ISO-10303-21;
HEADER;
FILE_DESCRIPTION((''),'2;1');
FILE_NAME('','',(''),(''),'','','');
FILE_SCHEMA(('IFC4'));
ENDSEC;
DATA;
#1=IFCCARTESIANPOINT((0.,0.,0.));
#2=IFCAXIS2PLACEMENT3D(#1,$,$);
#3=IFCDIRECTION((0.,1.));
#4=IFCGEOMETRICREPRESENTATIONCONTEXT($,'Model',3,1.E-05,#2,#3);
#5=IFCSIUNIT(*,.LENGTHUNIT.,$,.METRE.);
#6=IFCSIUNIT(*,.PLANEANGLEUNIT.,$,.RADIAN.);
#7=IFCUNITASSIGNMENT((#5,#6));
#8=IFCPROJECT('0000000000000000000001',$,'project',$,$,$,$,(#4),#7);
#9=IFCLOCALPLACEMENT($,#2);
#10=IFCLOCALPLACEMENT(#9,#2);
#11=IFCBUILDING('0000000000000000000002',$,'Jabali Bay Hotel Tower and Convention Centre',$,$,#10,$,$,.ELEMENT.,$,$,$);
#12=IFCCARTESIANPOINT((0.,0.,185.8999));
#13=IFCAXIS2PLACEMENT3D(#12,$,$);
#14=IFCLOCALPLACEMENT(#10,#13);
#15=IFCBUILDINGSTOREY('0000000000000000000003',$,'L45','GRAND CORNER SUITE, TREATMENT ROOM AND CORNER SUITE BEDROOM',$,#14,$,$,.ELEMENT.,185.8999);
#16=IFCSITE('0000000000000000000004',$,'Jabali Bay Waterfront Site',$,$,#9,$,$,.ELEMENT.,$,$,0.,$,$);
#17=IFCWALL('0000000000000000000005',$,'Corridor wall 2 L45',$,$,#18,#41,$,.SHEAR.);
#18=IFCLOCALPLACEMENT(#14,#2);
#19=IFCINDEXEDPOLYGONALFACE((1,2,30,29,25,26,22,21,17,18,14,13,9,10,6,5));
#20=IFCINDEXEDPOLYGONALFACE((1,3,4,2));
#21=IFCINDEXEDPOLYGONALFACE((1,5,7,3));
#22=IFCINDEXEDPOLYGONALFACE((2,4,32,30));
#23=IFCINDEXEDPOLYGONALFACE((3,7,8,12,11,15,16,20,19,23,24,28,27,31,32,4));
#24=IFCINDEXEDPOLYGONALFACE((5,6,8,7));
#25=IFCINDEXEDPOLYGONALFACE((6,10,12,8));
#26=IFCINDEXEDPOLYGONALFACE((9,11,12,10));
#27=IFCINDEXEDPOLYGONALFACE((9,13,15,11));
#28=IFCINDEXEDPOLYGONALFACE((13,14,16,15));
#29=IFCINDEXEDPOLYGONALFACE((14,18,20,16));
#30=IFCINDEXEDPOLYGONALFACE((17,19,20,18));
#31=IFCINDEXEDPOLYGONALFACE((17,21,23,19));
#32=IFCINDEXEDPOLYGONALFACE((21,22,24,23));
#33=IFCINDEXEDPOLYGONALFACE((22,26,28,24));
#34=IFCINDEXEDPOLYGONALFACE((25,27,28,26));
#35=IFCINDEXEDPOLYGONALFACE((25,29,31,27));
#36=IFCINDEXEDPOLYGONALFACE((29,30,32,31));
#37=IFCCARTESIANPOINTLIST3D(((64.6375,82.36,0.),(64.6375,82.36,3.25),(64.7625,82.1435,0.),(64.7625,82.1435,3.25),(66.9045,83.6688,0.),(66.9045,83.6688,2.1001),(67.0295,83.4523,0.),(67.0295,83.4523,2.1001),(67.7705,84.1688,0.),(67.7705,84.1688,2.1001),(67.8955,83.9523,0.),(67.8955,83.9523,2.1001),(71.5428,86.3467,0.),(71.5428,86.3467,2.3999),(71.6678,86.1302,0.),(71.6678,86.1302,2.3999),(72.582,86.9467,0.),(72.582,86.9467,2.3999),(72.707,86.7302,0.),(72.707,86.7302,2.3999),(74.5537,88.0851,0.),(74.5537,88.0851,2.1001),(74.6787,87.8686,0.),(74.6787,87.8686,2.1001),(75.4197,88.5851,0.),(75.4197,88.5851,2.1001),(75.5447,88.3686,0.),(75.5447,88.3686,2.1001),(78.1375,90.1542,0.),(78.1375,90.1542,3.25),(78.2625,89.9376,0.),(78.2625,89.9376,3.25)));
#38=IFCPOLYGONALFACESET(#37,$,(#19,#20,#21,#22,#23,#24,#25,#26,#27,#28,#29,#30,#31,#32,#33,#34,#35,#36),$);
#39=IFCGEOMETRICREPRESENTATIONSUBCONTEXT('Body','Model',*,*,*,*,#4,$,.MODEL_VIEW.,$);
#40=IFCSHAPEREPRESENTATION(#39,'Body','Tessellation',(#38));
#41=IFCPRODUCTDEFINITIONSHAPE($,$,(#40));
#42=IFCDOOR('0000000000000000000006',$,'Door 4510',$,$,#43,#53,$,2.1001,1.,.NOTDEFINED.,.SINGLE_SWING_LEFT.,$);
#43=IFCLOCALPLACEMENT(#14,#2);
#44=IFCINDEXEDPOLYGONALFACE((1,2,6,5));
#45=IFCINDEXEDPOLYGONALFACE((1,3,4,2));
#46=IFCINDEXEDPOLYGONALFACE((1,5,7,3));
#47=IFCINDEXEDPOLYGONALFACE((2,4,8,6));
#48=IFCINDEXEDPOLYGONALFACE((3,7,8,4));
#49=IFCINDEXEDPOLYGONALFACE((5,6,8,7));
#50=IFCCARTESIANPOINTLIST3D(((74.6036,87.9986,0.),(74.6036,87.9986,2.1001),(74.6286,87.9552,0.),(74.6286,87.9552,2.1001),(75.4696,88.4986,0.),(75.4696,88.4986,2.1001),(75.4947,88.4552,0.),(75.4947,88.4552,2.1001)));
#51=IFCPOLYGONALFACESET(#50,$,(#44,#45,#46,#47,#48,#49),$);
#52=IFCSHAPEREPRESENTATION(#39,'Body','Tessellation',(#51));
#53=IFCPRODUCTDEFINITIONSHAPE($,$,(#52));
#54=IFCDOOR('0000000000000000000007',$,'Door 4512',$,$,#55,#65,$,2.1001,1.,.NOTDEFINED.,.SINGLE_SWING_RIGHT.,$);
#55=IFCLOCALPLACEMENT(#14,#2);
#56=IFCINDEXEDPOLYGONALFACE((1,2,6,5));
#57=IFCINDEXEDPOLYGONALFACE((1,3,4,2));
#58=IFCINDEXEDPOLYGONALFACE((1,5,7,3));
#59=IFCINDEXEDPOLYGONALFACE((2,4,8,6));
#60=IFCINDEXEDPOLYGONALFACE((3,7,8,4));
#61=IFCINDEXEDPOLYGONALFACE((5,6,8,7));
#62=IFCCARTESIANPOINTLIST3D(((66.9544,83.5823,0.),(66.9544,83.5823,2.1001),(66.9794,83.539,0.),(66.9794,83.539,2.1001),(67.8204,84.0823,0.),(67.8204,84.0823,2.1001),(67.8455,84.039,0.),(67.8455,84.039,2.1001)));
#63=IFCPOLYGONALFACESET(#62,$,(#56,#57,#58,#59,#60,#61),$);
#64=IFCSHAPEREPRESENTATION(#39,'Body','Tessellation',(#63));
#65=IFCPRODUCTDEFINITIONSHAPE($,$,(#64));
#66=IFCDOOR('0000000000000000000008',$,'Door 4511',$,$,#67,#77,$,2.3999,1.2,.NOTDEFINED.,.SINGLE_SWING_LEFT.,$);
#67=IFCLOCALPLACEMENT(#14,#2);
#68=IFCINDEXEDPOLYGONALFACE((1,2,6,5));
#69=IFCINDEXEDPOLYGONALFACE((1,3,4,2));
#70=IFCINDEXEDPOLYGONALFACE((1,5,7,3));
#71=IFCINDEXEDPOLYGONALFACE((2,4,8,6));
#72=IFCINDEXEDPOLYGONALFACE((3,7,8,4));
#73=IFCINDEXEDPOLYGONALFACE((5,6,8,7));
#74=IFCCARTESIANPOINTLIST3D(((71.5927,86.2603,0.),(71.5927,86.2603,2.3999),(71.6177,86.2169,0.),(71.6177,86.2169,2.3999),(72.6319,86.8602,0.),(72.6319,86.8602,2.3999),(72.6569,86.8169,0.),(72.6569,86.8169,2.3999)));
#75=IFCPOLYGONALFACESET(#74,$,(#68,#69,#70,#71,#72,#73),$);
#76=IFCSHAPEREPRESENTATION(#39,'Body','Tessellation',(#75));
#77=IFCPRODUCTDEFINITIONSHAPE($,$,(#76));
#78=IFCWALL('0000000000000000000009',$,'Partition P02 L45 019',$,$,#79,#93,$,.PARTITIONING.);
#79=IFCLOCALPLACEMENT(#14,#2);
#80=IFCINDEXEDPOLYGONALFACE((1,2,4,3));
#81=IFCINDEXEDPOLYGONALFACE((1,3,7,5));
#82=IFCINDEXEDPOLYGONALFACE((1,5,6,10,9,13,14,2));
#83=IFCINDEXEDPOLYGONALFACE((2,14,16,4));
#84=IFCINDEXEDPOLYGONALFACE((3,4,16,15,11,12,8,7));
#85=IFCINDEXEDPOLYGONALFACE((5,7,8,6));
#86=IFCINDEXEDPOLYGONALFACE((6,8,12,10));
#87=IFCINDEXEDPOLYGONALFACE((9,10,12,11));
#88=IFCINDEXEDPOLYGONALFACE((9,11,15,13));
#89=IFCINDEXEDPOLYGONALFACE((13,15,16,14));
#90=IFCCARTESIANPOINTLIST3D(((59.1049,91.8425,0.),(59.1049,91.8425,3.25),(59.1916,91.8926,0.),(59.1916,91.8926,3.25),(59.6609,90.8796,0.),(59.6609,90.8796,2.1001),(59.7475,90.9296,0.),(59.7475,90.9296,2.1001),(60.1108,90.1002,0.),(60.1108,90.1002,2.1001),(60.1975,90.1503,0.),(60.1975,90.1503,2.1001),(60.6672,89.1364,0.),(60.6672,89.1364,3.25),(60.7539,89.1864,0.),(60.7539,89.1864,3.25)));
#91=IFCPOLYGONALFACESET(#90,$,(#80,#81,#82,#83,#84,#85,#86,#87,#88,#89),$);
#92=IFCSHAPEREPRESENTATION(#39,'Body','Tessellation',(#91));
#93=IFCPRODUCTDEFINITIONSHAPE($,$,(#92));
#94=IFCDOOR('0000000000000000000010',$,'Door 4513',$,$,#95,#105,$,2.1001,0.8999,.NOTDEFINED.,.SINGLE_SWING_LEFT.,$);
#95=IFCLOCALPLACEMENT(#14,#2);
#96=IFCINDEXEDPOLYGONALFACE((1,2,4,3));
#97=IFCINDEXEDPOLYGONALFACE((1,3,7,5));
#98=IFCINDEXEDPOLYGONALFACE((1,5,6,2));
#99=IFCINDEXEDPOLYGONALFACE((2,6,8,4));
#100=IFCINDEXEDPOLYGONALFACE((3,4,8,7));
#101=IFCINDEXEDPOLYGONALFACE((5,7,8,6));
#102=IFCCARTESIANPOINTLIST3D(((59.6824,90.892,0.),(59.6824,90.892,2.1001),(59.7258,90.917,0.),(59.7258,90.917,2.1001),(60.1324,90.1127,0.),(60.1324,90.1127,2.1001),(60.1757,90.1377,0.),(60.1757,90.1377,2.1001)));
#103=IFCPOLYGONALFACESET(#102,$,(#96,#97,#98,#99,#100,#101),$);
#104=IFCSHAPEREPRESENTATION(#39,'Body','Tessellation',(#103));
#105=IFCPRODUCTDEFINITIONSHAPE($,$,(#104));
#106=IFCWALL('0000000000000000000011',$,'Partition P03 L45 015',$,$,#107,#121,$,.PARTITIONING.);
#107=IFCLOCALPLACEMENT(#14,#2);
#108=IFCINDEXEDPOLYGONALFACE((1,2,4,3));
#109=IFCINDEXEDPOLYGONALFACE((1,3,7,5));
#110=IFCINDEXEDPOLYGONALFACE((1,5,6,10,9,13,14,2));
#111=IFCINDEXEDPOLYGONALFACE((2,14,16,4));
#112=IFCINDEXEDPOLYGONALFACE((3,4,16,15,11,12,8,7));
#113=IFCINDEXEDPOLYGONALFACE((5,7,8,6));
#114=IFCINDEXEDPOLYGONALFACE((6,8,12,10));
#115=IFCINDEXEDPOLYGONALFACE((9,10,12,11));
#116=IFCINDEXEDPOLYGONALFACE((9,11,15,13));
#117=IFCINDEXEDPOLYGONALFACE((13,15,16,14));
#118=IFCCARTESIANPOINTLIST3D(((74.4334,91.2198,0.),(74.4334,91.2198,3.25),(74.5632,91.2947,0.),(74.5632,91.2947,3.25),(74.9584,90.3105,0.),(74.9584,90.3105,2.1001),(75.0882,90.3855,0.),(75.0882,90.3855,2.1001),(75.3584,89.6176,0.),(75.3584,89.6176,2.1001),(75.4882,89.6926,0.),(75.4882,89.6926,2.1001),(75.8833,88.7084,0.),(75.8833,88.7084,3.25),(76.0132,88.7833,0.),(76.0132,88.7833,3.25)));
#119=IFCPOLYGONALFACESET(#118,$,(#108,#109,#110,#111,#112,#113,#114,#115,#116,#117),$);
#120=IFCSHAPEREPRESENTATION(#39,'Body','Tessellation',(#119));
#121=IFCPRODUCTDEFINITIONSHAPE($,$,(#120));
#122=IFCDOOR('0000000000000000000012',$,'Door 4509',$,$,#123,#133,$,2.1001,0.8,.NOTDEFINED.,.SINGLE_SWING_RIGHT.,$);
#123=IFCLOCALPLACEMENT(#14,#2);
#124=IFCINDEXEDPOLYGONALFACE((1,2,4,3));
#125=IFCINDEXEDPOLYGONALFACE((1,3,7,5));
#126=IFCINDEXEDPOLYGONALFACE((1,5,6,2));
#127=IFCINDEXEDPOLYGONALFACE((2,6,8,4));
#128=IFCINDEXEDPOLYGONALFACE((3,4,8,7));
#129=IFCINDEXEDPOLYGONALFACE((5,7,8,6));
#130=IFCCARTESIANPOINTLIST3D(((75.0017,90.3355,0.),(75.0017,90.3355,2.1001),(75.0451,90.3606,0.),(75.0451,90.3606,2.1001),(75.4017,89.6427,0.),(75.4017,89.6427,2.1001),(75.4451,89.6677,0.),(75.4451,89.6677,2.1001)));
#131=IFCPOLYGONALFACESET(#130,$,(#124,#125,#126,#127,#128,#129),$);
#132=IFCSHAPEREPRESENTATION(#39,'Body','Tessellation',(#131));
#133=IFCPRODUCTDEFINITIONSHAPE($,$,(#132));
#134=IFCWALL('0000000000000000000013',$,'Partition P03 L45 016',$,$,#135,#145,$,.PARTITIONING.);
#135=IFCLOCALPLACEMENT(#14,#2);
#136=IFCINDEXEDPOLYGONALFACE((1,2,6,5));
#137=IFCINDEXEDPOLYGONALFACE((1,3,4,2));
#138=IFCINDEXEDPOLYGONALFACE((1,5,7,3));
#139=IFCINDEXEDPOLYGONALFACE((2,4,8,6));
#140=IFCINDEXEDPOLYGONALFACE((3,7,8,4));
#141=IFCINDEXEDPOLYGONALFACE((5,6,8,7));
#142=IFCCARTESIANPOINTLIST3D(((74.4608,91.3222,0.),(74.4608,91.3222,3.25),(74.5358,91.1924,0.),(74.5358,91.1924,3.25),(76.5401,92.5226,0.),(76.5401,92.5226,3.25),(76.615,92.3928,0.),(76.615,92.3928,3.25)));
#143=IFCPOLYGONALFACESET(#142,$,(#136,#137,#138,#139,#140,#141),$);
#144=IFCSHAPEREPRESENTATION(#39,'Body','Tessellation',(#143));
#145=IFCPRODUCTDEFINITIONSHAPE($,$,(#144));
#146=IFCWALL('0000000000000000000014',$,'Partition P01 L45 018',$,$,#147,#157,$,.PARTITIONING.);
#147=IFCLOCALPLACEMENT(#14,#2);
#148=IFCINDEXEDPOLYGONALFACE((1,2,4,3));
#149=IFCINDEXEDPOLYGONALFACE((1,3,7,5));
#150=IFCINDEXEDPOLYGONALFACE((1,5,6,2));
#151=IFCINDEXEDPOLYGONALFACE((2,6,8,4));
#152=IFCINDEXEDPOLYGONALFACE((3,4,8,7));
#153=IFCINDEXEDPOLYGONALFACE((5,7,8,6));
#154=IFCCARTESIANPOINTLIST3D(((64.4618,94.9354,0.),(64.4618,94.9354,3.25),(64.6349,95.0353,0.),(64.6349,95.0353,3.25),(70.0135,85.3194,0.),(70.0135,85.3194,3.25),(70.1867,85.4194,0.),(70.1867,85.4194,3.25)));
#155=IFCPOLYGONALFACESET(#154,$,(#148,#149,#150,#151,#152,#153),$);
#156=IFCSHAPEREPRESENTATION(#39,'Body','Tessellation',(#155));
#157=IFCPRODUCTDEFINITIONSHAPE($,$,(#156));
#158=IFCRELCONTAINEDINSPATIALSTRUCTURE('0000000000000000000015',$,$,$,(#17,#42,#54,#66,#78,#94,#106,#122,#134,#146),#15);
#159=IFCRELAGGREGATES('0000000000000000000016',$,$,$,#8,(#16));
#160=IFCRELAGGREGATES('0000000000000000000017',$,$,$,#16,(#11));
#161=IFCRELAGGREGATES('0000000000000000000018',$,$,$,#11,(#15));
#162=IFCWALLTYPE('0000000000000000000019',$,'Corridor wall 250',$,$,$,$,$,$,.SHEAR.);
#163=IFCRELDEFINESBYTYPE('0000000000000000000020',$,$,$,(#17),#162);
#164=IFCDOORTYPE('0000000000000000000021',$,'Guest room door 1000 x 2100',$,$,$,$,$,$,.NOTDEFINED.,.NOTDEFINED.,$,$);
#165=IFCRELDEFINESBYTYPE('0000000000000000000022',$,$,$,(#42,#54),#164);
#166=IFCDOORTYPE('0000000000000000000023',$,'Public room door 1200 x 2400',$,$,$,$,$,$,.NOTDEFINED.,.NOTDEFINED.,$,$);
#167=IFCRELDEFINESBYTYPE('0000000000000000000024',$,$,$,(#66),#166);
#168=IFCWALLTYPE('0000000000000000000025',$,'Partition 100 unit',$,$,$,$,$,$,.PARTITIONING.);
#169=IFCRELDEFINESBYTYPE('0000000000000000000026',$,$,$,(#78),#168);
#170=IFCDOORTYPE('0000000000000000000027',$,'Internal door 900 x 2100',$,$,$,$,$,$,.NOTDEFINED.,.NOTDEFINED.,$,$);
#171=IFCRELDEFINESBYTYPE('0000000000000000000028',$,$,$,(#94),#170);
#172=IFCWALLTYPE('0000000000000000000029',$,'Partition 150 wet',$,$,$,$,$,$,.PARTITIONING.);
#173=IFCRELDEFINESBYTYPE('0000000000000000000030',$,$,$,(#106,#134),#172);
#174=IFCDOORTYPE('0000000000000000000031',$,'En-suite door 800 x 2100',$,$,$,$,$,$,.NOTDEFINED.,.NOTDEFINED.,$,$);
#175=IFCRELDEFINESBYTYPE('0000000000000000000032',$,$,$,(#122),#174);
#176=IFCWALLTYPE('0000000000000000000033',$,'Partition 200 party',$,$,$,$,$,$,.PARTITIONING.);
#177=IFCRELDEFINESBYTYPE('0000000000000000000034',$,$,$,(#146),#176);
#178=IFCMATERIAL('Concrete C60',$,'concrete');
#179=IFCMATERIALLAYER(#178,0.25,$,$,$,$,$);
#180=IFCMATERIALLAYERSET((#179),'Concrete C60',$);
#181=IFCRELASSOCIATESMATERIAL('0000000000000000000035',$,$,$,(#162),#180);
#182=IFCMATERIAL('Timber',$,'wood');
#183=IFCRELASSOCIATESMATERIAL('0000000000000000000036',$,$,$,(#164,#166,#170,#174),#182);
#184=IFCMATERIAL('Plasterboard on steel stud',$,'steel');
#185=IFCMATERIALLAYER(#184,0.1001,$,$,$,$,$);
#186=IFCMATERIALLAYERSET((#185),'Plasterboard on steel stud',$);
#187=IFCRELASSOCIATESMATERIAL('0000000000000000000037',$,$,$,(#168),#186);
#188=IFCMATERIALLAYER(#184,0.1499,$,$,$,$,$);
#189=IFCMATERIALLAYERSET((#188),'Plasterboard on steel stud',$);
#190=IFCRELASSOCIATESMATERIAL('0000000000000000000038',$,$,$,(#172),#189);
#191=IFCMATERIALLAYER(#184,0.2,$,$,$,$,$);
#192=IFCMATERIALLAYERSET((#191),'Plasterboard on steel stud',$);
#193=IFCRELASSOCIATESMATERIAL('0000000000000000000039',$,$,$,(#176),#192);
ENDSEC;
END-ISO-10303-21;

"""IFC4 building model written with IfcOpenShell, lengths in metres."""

from ifc_helpers import new_model, si_unit, direction, frame, frame_2d, origin, place, context, subcontext, project, spatial, rectangle, extrude, material, layer, layer_set, type_object, element, fill, save


model = new_model("IFC4")

# Units and contexts
model_context = context("Model", 3, precision=1e-05, world=origin(), true_north=direction((0.0, 1.0)))
body_context = subcontext(model_context, "Body", "Model", "MODEL_VIEW")
ifc_project = project(units=[si_unit("LENGTHUNIT", "METRE"), si_unit("PLANEANGLEUNIT", "RADIAN")], contexts=[model_context])

# Site, building, storey
site_placement = place(None, origin())
site = spatial("IfcSite", under=ifc_project, at=site_placement, Name="Jabali Bay Waterfront Site", CompositionType="ELEMENT", RefElevation=0.0)
building_placement = place(site_placement, origin())
building = spatial("IfcBuilding", under=site, at=building_placement, Name="Jabali Bay Hotel Tower and Convention Centre", CompositionType="ELEMENT")
storey_placement = place(building_placement, frame((0.0, 0.0, 185.8999)))
storey = spatial("IfcBuildingStorey", under=building, at=storey_placement, Name="L45", Description="GRAND CORNER SUITE, TREATMENT ROOM AND CORNER SUITE BEDROOM", CompositionType="ELEMENT", Elevation=185.8999)

# Shared definitions
ifc_material_1 = material(Name="Concrete C60", Category="concrete")

# Wall, openings, doors
ifc_layer_1 = layer(ifc_material_1, 0.25)
ifc_layer_set_1 = layer_set([ifc_layer_1], Name="Concrete C60")
wall_type_1 = type_object("IfcWallType", Name="Corridor wall 250", PredefinedType="SHEAR", material=ifc_layer_set_1)
wall_1_placement = place(storey_placement, frame((78.2, 90.0459, 0.0), z_axis=(0.0, 0.0, 1.0), x_axis=(-0.866026, -0.499998, 0.0)))
wall_1 = element("IfcWall", 1, at=wall_1_placement, inside=storey, type_object=wall_type_1, Name="Corridor wall 2 L45", PredefinedType="SHEAR", context=body_context, shape_type="SweptSolid", body=[
    extrude(rectangle(XDim=15.5884, YDim=0.25, at=frame_2d((7.7942, 0.0))), origin(), (0.0, 0.0, 1.0), 3.25),
])
opening_1_placement = place(wall_1_placement, frame((3.1382, 0.0, 0.0)))
opening_1 = element("IfcOpeningElement", 2, at=opening_1_placement, cuts=wall_1, PredefinedType="OPENING", context=body_context, shape_type="SweptSolid", body=[
    extrude(rectangle(XDim=1.0, YDim=2.1001, at=frame_2d((0.5, 1.05))), frame((0.0, 0.1355, 0.0), z_axis=(0.0, -1.0, 0.0), x_axis=(1.0, 0.0, 0.0)), (0.0, 0.0, 1.0), 0.271),
])
opening_2_placement = place(wall_1_placement, frame((6.4148, 0.0, 0.0)))
opening_2 = element("IfcOpeningElement", 3, at=opening_2_placement, cuts=wall_1, PredefinedType="OPENING", context=body_context, shape_type="SweptSolid", body=[
    extrude(rectangle(XDim=1.2, YDim=2.3999, at=frame_2d((0.6001, 1.2))), frame((0.0, 0.1355, 0.0), z_axis=(0.0, -1.0, 0.0), x_axis=(1.0, 0.0, 0.0)), (0.0, 0.0, 1.0), 0.271),
])
opening_3_placement = place(wall_1_placement, frame((11.9707, 0.0, 0.0)))
opening_3 = element("IfcOpeningElement", 4, at=opening_3_placement, cuts=wall_1, PredefinedType="OPENING", context=body_context, shape_type="SweptSolid", body=[
    extrude(rectangle(XDim=1.0, YDim=2.1001, at=frame_2d((0.5, 1.05))), frame((0.0, 0.1355, 0.0), z_axis=(0.0, -1.0, 0.0), x_axis=(1.0, 0.0, 0.0)), (0.0, 0.0, 1.0), 0.271),
])
ifc_material_2 = material(Name="Timber", Category="wood")
door_type_1 = type_object("IfcDoorType", Name="Guest room door 1000 x 2100", OperationType="NOTDEFINED", PredefinedType="NOTDEFINED", material=ifc_material_2)
door_1_placement = place(opening_1_placement, origin())
door_1 = element("IfcDoor", 5, at=door_1_placement, inside=storey, type_object=door_type_1, Name="Door 4510", OperationType="SINGLE_SWING_LEFT", OverallHeight=2.1001, OverallWidth=1.0, PredefinedType="NOTDEFINED", context=body_context, shape_type="SweptSolid", body=[
    extrude(rectangle(XDim=1.0, YDim=2.1001, at=frame_2d((0.5, 1.05))), frame((0.0, 0.0249, 0.0), z_axis=(0.0, -1.0, 0.0), x_axis=(1.0, 0.0, 0.0)), (0.0, 0.0, 1.0), 0.05),
])
fill(opening_1, door_1)
door_2_placement = place(opening_3_placement, origin())
door_2 = element("IfcDoor", 6, at=door_2_placement, inside=storey, type_object=door_type_1, Name="Door 4512", OperationType="SINGLE_SWING_RIGHT", OverallHeight=2.1001, OverallWidth=1.0, PredefinedType="NOTDEFINED", context=body_context, shape_type="SweptSolid", body=[
    extrude(rectangle(XDim=1.0, YDim=2.1001, at=frame_2d((0.5, 1.05))), frame((0.0, 0.0249, 0.0), z_axis=(0.0, -1.0, 0.0), x_axis=(1.0, 0.0, 0.0)), (0.0, 0.0, 1.0), 0.05),
])
fill(opening_3, door_2)
door_type_2 = type_object("IfcDoorType", Name="Public room door 1200 x 2400", OperationType="NOTDEFINED", PredefinedType="NOTDEFINED", material=ifc_material_2)
door_3_placement = place(opening_2_placement, origin())
door_3 = element("IfcDoor", 7, at=door_3_placement, inside=storey, type_object=door_type_2, Name="Door 4511", OperationType="SINGLE_SWING_LEFT", OverallHeight=2.3999, OverallWidth=1.2, PredefinedType="NOTDEFINED", context=body_context, shape_type="SweptSolid", body=[
    extrude(rectangle(XDim=1.2, YDim=2.3999, at=frame_2d((0.6001, 1.2))), frame((0.0, 0.0249, 0.0), z_axis=(0.0, -1.0, 0.0), x_axis=(1.0, 0.0, 0.0)), (0.0, 0.0, 1.0), 0.05),
])
fill(opening_2, door_3)

# Walls, openings, doors
ifc_material_3 = material(Name="Plasterboard on steel stud", Category="steel")
ifc_layer_2 = layer(ifc_material_3, 0.1001)
ifc_layer_set_2 = layer_set([ifc_layer_2], Name="Plasterboard on steel stud")
wall_type_2 = type_object("IfcWallType", Name="Partition 100 unit", PredefinedType="PARTITIONING", material=ifc_layer_set_2)
wall_2_placement = place(storey_placement, frame((59.1482, 91.8677, 0.0), z_axis=(0.0, 0.0, 1.0), x_axis=(0.499979, -0.866037, 0.0)))
wall_2 = element("IfcWall", 8, at=wall_2_placement, inside=storey, type_object=wall_type_2, Name="Partition P02 L45 019", PredefinedType="PARTITIONING", context=body_context, shape_type="SweptSolid", body=[
    extrude(rectangle(XDim=3.1248, YDim=0.1001, at=frame_2d((1.5625, 0.0))), origin(), (0.0, 0.0, 1.0), 3.25),
])
opening_4_placement = place(wall_2_placement, frame((1.1121, 0.0, 0.0)))
opening_4 = element("IfcOpeningElement", 9, at=opening_4_placement, cuts=wall_2, PredefinedType="OPENING", context=body_context, shape_type="SweptSolid", body=[
    extrude(rectangle(XDim=0.8999, YDim=2.1001, at=frame_2d((0.45, 1.05))), frame((0.0, 0.0605, 0.0), z_axis=(0.0, -1.0, 0.0), x_axis=(1.0, 0.0, 0.0)), (0.0, 0.0, 1.0), 0.1211),
])
door_type_3 = type_object("IfcDoorType", Name="Internal door 900 x 2100", OperationType="NOTDEFINED", PredefinedType="NOTDEFINED", material=ifc_material_2)
door_4_placement = place(opening_4_placement, origin())
door_4 = element("IfcDoor", 10, at=door_4_placement, inside=storey, type_object=door_type_3, Name="Door 4513", OperationType="SINGLE_SWING_LEFT", OverallHeight=2.1001, OverallWidth=0.8999, PredefinedType="NOTDEFINED", context=body_context, shape_type="SweptSolid", body=[
    extrude(rectangle(XDim=0.8999, YDim=2.1001, at=frame_2d((0.45, 1.05))), frame((0.0, 0.0249, 0.0), z_axis=(0.0, -1.0, 0.0), x_axis=(1.0, 0.0, 0.0)), (0.0, 0.0, 1.0), 0.05),
])
fill(opening_4, door_4)
ifc_layer_3 = layer(ifc_material_3, 0.1499)
ifc_layer_set_3 = layer_set([ifc_layer_3], Name="Plasterboard on steel stud")
wall_type_3 = type_object("IfcWallType", Name="Partition 150 wet", PredefinedType="PARTITIONING", material=ifc_layer_set_3)
wall_3_placement = place(storey_placement, frame((75.9482, 88.7458, 0.0), z_axis=(0.0, 0.0, 1.0), x_axis=(-0.499987, 0.866033, 0.0)))
wall_3 = element("IfcWall", 11, at=wall_3_placement, inside=storey, type_object=wall_type_3, Name="Partition P03 L45 015", PredefinedType="PARTITIONING", context=body_context, shape_type="SweptSolid", body=[
    extrude(rectangle(XDim=2.8999, YDim=0.1499, at=frame_2d((1.45, 0.0))), origin(), (0.0, 0.0, 1.0), 3.25),
])
opening_5_placement = place(wall_3_placement, frame((1.05, 0.0, 0.0)))
opening_5 = element("IfcOpeningElement", 12, at=opening_5_placement, cuts=wall_3, PredefinedType="OPENING", context=body_context, shape_type="SweptSolid", body=[
    extrude(rectangle(XDim=0.8, YDim=2.1001, at=frame_2d((0.3999, 1.05))), frame((0.0, 0.0854, 0.0), z_axis=(0.0, -1.0, 0.0), x_axis=(1.0, 0.0, 0.0)), (0.0, 0.0, 1.0), 0.1709),
])
door_type_4 = type_object("IfcDoorType", Name="En-suite door 800 x 2100", OperationType="NOTDEFINED", PredefinedType="NOTDEFINED", material=ifc_material_2)
door_5_placement = place(opening_5_placement, origin())
door_5 = element("IfcDoor", 13, at=door_5_placement, inside=storey, type_object=door_type_4, Name="Door 4509", OperationType="SINGLE_SWING_RIGHT", OverallHeight=2.1001, OverallWidth=0.8, PredefinedType="NOTDEFINED", context=body_context, shape_type="SweptSolid", body=[
    extrude(rectangle(XDim=0.8, YDim=2.1001, at=frame_2d((0.3999, 1.05))), frame((0.0, 0.0249, 0.0), z_axis=(0.0, -1.0, 0.0), x_axis=(1.0, 0.0, 0.0)), (0.0, 0.0, 1.0), 0.05),
])
fill(opening_5, door_5)

# Walls
wall_4_placement = place(storey_placement, frame((74.4983, 91.2573, 0.0), z_axis=(0.0, 0.0, 1.0), x_axis=(0.866038, 0.499978, 0.0)))
element("IfcWall", 14, at=wall_4_placement, inside=storey, type_object=wall_type_3, Name="Partition P03 L45 016", PredefinedType="PARTITIONING", context=body_context, shape_type="SweptSolid", body=[
    extrude(rectangle(XDim=2.4009, YDim=0.1499, at=frame_2d((1.2004, 0.0))), origin(), (0.0, 0.0, 1.0), 3.25),
])
ifc_layer_4 = layer(ifc_material_3, 0.2)
ifc_layer_set_4 = layer_set([ifc_layer_4], Name="Plasterboard on steel stud")
wall_type_4 = type_object("IfcWallType", Name="Partition 200 party", PredefinedType="PARTITIONING", material=ifc_layer_set_4)
wall_5_placement = place(storey_placement, frame((64.5483, 94.9854, 0.0), z_axis=(0.0, 0.0, 1.0), x_axis=(0.499998, -0.866026, 0.0)))
element("IfcWall", 15, at=wall_5_placement, inside=storey, type_object=wall_type_4, Name="Partition P01 L45 018", PredefinedType="PARTITIONING", context=body_context, shape_type="SweptSolid", body=[
    extrude(rectangle(XDim=11.1035, YDim=0.2, at=frame_2d((5.5518, 0.0))), origin(), (0.0, 0.0, 1.0), 3.25),
])

save(model, "model.ifc")
